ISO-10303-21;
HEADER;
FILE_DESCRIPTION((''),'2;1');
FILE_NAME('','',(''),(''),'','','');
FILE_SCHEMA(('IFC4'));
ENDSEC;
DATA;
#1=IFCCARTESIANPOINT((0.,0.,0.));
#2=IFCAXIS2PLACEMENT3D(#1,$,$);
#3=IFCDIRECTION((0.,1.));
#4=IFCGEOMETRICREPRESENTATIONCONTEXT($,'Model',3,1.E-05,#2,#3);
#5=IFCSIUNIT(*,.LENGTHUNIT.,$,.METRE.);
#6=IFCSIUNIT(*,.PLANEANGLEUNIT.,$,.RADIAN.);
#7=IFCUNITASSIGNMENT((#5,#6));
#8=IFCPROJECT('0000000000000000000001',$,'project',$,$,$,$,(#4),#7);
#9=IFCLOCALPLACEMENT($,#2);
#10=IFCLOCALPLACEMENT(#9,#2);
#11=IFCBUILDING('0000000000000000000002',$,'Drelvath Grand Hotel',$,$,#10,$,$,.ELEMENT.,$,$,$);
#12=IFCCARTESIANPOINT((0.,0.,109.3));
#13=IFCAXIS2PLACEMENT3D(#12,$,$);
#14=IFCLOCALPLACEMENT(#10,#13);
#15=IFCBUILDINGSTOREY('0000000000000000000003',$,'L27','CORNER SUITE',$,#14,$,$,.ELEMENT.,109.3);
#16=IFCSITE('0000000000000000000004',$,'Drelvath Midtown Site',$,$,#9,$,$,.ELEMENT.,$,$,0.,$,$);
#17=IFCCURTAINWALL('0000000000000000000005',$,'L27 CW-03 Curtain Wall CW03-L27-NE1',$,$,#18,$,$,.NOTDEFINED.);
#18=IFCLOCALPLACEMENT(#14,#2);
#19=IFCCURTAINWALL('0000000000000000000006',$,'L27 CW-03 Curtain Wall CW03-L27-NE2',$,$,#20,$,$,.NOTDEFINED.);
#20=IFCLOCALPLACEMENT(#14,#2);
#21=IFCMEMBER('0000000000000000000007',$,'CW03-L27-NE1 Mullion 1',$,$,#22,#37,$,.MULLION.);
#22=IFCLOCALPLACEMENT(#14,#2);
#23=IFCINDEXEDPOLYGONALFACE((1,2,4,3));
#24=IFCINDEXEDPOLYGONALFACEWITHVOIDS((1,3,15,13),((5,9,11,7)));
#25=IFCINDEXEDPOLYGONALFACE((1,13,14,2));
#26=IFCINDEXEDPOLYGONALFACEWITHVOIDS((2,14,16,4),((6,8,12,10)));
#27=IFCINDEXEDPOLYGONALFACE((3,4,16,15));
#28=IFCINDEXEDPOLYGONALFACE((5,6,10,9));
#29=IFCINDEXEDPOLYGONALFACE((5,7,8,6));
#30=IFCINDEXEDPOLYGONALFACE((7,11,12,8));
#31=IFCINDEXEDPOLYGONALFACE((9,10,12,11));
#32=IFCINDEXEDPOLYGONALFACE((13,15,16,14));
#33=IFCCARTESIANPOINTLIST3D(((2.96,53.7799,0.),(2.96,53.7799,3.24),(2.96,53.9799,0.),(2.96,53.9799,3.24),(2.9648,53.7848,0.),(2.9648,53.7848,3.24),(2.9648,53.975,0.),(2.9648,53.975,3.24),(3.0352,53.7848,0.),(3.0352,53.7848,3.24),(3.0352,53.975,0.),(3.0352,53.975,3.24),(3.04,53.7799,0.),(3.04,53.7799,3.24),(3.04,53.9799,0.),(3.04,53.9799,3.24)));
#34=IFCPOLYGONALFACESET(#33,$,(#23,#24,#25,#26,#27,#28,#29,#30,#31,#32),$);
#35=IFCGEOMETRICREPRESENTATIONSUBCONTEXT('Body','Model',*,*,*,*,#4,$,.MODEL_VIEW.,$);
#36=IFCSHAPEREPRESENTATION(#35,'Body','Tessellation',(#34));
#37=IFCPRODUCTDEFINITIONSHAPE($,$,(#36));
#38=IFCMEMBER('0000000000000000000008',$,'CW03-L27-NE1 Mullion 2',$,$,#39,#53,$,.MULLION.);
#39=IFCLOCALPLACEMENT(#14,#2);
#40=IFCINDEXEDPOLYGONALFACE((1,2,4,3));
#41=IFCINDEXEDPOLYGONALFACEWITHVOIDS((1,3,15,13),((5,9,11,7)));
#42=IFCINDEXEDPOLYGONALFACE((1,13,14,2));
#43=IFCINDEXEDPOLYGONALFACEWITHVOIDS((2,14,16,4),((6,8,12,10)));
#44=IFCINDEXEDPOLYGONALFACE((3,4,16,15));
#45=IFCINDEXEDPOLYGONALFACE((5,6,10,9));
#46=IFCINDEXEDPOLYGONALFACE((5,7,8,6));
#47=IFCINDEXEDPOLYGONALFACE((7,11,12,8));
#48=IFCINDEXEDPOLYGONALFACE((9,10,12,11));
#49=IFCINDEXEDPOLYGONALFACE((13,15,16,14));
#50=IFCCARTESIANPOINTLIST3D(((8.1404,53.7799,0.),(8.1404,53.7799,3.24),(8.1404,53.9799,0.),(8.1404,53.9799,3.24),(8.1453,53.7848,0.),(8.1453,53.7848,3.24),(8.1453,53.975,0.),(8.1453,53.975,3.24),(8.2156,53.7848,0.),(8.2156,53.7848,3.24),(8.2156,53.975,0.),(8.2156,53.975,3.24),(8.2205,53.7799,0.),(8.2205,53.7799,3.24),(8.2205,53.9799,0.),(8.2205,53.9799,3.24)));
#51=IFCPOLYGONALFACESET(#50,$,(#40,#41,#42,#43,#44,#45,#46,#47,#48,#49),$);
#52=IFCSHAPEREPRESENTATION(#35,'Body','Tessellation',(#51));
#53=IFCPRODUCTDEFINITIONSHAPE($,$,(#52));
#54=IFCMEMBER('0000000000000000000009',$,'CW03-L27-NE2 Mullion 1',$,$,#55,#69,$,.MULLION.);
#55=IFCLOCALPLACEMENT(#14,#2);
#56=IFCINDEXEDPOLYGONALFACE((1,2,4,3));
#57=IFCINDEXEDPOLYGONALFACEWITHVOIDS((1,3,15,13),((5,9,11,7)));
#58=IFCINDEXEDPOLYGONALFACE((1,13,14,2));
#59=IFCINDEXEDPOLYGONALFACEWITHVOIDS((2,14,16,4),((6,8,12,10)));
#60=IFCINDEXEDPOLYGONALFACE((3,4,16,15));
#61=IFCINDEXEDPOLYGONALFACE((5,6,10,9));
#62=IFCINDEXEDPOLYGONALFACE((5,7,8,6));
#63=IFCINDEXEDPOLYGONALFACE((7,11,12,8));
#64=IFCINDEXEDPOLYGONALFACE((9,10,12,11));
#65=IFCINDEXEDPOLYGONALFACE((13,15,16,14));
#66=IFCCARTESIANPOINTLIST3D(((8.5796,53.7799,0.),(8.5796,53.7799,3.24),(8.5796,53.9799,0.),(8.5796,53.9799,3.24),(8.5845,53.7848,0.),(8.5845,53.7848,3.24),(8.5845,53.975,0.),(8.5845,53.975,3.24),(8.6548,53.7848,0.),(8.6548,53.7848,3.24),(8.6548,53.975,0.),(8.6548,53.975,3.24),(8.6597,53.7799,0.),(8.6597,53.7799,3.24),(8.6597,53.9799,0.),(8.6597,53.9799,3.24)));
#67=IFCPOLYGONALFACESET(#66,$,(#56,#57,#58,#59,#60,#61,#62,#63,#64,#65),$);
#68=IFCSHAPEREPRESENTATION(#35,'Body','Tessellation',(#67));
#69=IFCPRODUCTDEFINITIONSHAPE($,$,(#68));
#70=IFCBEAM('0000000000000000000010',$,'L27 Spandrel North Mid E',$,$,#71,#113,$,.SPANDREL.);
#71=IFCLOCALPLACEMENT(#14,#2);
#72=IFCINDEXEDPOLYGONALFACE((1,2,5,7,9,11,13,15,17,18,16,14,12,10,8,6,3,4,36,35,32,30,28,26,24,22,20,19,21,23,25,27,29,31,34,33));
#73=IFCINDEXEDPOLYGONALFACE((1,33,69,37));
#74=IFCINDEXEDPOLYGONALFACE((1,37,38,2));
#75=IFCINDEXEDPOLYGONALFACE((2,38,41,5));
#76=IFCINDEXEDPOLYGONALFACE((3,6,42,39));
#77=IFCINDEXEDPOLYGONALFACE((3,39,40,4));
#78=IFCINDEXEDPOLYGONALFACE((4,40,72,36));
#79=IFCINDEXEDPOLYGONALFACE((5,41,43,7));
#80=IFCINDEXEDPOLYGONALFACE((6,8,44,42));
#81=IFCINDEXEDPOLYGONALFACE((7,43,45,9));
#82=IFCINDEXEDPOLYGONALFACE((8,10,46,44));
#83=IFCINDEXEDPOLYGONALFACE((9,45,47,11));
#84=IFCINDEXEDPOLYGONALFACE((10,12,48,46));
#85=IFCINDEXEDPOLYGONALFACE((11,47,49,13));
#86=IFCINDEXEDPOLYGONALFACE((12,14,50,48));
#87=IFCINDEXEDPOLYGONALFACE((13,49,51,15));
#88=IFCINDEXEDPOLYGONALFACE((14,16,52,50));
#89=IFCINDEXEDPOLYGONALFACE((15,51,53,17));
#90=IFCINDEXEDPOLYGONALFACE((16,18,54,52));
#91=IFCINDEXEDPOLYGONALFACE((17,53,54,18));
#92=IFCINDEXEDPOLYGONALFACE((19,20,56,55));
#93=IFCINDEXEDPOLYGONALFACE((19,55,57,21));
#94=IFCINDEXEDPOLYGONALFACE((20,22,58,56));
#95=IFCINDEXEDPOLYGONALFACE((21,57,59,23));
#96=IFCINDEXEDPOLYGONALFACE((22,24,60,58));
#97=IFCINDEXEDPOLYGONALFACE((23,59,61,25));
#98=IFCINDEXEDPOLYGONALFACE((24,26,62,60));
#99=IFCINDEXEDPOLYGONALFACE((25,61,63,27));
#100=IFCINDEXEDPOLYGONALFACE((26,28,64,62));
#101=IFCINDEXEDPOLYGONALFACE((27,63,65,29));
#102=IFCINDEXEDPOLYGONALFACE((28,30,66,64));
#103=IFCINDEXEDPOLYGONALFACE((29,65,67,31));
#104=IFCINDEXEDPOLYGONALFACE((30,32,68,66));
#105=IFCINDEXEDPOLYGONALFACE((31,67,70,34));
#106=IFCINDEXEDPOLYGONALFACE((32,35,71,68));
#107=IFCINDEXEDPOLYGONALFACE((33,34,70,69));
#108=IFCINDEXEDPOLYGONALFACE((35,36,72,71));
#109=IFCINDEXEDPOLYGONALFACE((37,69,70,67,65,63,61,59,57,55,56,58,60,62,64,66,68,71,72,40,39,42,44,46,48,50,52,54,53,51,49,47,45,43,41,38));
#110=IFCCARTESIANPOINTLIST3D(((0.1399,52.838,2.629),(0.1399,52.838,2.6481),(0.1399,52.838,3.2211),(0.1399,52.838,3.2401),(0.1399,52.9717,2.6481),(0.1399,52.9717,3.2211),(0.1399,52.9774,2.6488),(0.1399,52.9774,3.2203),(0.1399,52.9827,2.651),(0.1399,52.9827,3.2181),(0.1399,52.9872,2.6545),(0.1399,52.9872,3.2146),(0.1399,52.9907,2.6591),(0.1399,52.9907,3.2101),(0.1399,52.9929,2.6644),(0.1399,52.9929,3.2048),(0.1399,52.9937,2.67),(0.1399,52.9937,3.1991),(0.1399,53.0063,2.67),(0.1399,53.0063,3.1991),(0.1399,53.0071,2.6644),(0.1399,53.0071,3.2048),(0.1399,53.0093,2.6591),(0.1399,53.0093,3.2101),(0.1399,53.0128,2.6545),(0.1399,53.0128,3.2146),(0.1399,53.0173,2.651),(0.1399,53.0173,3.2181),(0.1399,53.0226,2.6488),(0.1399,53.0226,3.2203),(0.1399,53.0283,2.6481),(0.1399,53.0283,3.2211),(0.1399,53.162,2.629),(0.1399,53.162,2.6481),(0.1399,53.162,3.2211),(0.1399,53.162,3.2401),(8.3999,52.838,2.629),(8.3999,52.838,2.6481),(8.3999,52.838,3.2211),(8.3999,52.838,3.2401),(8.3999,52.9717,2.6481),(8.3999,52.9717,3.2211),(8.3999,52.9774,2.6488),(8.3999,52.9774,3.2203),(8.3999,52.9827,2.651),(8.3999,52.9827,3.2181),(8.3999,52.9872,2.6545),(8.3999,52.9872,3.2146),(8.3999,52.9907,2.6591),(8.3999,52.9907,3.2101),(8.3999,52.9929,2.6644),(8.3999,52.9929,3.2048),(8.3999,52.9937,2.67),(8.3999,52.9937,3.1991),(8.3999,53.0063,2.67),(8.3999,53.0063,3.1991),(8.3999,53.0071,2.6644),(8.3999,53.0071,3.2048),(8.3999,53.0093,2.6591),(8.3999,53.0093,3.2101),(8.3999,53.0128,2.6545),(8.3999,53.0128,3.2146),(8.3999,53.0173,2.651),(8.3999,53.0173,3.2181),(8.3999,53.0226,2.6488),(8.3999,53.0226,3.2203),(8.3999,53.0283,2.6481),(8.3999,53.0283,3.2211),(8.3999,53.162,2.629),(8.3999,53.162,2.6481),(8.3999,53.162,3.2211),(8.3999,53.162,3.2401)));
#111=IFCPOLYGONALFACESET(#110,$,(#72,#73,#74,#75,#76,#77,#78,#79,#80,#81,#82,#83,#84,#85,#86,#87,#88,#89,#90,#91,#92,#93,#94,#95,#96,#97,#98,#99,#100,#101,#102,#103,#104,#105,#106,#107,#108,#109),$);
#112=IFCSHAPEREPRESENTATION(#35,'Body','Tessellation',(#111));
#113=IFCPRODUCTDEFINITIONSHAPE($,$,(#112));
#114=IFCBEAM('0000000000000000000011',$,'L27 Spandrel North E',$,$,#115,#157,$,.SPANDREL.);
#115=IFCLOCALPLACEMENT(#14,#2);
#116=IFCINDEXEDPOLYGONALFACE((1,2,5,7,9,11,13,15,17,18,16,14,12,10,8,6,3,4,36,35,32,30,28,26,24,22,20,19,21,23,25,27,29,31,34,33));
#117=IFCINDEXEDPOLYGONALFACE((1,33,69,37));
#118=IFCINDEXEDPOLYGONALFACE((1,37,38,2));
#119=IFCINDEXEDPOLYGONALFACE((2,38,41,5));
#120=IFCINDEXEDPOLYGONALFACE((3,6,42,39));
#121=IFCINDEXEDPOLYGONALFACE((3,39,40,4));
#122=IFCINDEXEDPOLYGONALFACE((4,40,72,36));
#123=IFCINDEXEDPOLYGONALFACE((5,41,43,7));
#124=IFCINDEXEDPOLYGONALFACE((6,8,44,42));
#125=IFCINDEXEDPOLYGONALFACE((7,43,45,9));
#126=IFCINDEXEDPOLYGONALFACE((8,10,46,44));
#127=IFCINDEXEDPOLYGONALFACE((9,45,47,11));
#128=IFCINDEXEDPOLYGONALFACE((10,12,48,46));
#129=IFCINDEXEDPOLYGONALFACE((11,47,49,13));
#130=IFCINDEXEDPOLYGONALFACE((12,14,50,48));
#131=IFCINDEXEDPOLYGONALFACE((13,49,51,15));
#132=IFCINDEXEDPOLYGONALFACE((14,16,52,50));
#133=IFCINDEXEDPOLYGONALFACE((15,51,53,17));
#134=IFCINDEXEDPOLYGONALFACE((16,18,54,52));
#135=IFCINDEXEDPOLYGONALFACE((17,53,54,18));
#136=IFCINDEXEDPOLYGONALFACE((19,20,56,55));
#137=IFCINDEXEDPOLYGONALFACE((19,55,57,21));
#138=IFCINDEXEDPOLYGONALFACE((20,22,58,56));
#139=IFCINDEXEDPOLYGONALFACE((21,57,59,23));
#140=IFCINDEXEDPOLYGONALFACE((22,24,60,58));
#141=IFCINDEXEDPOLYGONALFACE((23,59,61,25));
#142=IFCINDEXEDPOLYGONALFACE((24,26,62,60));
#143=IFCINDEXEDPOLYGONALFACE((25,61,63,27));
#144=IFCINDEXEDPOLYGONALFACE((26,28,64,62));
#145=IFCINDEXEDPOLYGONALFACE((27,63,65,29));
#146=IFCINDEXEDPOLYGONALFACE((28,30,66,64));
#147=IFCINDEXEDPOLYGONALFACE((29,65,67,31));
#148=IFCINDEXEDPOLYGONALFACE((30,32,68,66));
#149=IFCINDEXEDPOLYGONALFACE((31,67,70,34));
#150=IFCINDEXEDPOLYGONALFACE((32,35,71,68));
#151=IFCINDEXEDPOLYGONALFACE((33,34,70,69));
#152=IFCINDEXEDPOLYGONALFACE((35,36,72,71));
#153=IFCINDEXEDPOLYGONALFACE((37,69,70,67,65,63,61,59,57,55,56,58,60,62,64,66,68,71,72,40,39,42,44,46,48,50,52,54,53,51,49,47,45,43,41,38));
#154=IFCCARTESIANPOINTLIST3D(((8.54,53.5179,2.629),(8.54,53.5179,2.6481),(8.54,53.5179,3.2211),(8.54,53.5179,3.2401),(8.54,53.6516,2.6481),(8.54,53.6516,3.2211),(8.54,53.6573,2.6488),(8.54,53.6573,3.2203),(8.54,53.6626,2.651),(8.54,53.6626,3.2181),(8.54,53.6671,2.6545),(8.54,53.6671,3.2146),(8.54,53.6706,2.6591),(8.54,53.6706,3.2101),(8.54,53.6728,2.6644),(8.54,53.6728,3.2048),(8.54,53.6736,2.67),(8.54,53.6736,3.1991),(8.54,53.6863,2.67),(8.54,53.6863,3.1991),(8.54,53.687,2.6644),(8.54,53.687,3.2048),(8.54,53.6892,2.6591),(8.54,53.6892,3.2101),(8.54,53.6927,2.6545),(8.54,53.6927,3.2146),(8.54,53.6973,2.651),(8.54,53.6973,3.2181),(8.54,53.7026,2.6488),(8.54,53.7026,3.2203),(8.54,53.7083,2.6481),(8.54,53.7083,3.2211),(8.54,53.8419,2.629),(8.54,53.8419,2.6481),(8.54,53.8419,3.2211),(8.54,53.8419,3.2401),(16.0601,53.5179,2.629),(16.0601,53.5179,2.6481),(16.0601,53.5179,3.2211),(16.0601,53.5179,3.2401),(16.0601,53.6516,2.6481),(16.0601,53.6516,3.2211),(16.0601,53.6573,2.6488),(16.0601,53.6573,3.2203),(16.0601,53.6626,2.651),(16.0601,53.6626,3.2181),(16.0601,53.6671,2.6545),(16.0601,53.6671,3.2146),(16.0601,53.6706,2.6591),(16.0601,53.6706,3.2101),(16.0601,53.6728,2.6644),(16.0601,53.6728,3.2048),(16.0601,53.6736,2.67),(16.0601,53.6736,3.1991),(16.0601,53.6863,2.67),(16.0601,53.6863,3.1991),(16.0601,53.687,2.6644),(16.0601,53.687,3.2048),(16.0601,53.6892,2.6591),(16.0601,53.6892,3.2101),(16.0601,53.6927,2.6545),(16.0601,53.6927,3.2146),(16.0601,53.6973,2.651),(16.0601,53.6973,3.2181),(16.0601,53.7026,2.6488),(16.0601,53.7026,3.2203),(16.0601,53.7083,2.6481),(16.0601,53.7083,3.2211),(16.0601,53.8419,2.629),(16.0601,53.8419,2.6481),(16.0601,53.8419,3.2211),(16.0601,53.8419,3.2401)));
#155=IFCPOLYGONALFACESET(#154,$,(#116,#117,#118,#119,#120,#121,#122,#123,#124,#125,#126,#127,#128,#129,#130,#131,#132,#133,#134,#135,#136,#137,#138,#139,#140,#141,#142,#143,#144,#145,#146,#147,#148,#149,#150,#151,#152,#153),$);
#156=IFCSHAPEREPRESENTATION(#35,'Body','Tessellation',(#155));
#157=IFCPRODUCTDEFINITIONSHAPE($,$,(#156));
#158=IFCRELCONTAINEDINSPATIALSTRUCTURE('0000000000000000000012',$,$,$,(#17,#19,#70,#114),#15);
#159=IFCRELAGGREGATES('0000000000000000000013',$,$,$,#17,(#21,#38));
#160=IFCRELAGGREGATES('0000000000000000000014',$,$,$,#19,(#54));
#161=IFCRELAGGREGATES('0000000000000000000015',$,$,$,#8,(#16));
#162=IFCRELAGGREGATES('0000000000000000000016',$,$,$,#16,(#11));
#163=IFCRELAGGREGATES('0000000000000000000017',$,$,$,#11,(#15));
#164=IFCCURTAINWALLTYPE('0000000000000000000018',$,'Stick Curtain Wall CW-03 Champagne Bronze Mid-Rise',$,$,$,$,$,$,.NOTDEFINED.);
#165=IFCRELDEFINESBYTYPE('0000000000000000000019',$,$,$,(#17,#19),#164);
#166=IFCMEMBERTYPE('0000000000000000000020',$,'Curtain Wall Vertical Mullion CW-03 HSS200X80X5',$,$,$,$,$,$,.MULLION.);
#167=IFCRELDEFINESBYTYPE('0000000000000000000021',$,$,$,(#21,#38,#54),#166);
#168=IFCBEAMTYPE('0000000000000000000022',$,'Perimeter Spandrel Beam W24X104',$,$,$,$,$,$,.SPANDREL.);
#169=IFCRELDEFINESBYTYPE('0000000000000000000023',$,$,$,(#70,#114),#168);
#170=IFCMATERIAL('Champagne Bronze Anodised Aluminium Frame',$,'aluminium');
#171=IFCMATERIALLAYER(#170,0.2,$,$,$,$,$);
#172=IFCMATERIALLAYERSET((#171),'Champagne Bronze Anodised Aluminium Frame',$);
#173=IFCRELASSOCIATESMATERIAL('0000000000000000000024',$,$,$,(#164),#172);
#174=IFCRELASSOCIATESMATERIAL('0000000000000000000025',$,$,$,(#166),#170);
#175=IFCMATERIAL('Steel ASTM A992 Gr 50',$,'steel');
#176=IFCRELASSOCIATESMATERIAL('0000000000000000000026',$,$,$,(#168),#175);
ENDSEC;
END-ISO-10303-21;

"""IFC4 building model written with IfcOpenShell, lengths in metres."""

from ifc_helpers import new_model, si_unit, direction, frame, origin, origin_2d, place, context, subcontext, project, spatial, hollow_rectangle, i_section, extrude, material, layer, layer_set, material_profile, profile_set, type_object, element, aggregate, save


model = new_model("IFC4")

# Units and contexts
model_context = context("Model", 3, precision=1e-05, world=origin(), true_north=direction((0.0, 1.0)))
body_context = subcontext(model_context, "Body", "Model", "MODEL_VIEW")
ifc_project = project(units=[si_unit("LENGTHUNIT", "METRE"), si_unit("PLANEANGLEUNIT", "RADIAN")], contexts=[model_context])

# Site, building, storey
site_placement = place(None, origin())
site = spatial("IfcSite", under=ifc_project, at=site_placement, Name="Drelvath Midtown Site", CompositionType="ELEMENT", RefElevation=0.0)
building_placement = place(site_placement, origin())
building = spatial("IfcBuilding", under=site, at=building_placement, Name="Drelvath Grand Hotel", CompositionType="ELEMENT")
storey_placement = place(building_placement, frame((0.0, 0.0, 109.3)))
storey = spatial("IfcBuildingStorey", under=building, at=storey_placement, Name="L27", Description="CORNER SUITE", CompositionType="ELEMENT", Elevation=109.3)

# Curtain walls
ifc_material_1 = material(Name="Champagne Bronze Anodised Aluminium Frame", Category="aluminium")
ifc_layer_1 = layer(ifc_material_1, 0.2)
ifc_layer_set_1 = layer_set([ifc_layer_1], Name="Champagne Bronze Anodised Aluminium Frame")
curtain_wall_type = type_object("IfcCurtainWallType", Name="Stick Curtain Wall CW-03 Champagne Bronze Mid-Rise", PredefinedType="NOTDEFINED", material=ifc_layer_set_1)
curtain_wall_1_placement = place(storey_placement, origin())
curtain_wall_1 = element("IfcCurtainWall", 1, at=curtain_wall_1_placement, inside=storey, type_object=curtain_wall_type, Name="L27 CW-03 Curtain Wall CW03-L27-NE1", PredefinedType="NOTDEFINED")
curtain_wall_2_placement = place(storey_placement, origin())
curtain_wall_2 = element("IfcCurtainWall", 2, at=curtain_wall_2_placement, inside=storey, type_object=curtain_wall_type, Name="L27 CW-03 Curtain Wall CW03-L27-NE2", PredefinedType="NOTDEFINED")

# Members
ifc_material_profile_1 = material_profile(ifc_material_1, hollow_rectangle(XDim=0.0801, YDim=0.2, WallThickness=0.0049, at=origin_2d()), Name="HSS200X80X5")
ifc_profile_set_1 = profile_set([ifc_material_profile_1], Name="Champagne Bronze Anodised Aluminium Frame")
member_type_1 = type_object("IfcMemberType", Name="Curtain Wall Vertical Mullion CW-03 HSS200X80X5", PredefinedType="MULLION", material=ifc_profile_set_1)
member_1_placement = place(storey_placement, frame((3.0, 53.8799, 0.0), z_axis=(0.0, 0.0, 1.0), x_axis=(1.0, 0.0, 0.0)))
member_1 = element("IfcMember", 3, at=member_1_placement, type_object=member_type_1, Name="CW03-L27-NE1 Mullion 1", PredefinedType="MULLION", context=body_context, shape_type="SweptSolid", body=[
    extrude(hollow_rectangle(XDim=0.0801, YDim=0.2, WallThickness=0.0049, at=origin_2d()), origin(), (0.0, 0.0, 1.0), 3.24),
])
member_2_placement = place(storey_placement, frame((8.1804, 53.8799, 0.0), z_axis=(0.0, 0.0, 1.0), x_axis=(1.0, 0.0, 0.0)))
member_2 = element("IfcMember", 4, at=member_2_placement, type_object=member_type_1, Name="CW03-L27-NE1 Mullion 2", PredefinedType="MULLION", context=body_context, shape_type="SweptSolid", body=[
    extrude(hollow_rectangle(XDim=0.0801, YDim=0.2, WallThickness=0.0049, at=origin_2d()), origin(), (0.0, 0.0, 1.0), 3.24),
])
member_3_placement = place(storey_placement, frame((8.6196, 53.8799, 0.0), z_axis=(0.0, 0.0, 1.0), x_axis=(1.0, 0.0, 0.0)))
member_3 = element("IfcMember", 5, at=member_3_placement, type_object=member_type_1, Name="CW03-L27-NE2 Mullion 1", PredefinedType="MULLION", context=body_context, shape_type="SweptSolid", body=[
    extrude(hollow_rectangle(XDim=0.0801, YDim=0.2, WallThickness=0.0049, at=origin_2d()), origin(), (0.0, 0.0, 1.0), 3.24),
])

# Beams
ifc_material_2 = material(Name="Steel ASTM A992 Gr 50", Category="steel")
ifc_material_profile_2 = material_profile(ifc_material_2, i_section(OverallWidth=0.324, OverallDepth=0.6111, WebThickness=0.0127, FlangeThickness=0.019, FilletRadius=0.022, at=origin_2d()), Name="W24X104")
ifc_profile_set_2 = profile_set([ifc_material_profile_2], Name="Steel ASTM A992 Gr 50")
beam_type_1 = type_object("IfcBeamType", Name="Perimeter Spandrel Beam W24X104", PredefinedType="SPANDREL", material=ifc_profile_set_2)
beam_1_placement = place(storey_placement, frame((0.1399, 53.0, 2.9346), z_axis=(1.0, 0.0, 0.0), x_axis=(0.0, 1.0, 0.0)))
element("IfcBeam", 6, at=beam_1_placement, inside=storey, type_object=beam_type_1, Name="L27 Spandrel North Mid E", PredefinedType="SPANDREL", context=body_context, shape_type="SweptSolid", body=[
    extrude(i_section(OverallWidth=0.324, OverallDepth=0.6111, WebThickness=0.0127, FlangeThickness=0.019, FilletRadius=0.022, at=origin_2d()), origin(), (0.0, 0.0, 1.0), 8.26),
])
beam_2_placement = place(storey_placement, frame((8.54, 53.6799, 2.9346), z_axis=(1.0, 0.0, 0.0), x_axis=(0.0, 1.0, 0.0)))
element("IfcBeam", 7, at=beam_2_placement, inside=storey, type_object=beam_type_1, Name="L27 Spandrel North E", PredefinedType="SPANDREL", context=body_context, shape_type="SweptSolid", body=[
    extrude(i_section(OverallWidth=0.324, OverallDepth=0.6111, WebThickness=0.0127, FlangeThickness=0.019, FilletRadius=0.022, at=origin_2d()), origin(), (0.0, 0.0, 1.0), 7.52),
])

aggregate(curtain_wall_1, [member_1, member_2])
aggregate(curtain_wall_2, [member_3])

save(model, "model.ifc")
